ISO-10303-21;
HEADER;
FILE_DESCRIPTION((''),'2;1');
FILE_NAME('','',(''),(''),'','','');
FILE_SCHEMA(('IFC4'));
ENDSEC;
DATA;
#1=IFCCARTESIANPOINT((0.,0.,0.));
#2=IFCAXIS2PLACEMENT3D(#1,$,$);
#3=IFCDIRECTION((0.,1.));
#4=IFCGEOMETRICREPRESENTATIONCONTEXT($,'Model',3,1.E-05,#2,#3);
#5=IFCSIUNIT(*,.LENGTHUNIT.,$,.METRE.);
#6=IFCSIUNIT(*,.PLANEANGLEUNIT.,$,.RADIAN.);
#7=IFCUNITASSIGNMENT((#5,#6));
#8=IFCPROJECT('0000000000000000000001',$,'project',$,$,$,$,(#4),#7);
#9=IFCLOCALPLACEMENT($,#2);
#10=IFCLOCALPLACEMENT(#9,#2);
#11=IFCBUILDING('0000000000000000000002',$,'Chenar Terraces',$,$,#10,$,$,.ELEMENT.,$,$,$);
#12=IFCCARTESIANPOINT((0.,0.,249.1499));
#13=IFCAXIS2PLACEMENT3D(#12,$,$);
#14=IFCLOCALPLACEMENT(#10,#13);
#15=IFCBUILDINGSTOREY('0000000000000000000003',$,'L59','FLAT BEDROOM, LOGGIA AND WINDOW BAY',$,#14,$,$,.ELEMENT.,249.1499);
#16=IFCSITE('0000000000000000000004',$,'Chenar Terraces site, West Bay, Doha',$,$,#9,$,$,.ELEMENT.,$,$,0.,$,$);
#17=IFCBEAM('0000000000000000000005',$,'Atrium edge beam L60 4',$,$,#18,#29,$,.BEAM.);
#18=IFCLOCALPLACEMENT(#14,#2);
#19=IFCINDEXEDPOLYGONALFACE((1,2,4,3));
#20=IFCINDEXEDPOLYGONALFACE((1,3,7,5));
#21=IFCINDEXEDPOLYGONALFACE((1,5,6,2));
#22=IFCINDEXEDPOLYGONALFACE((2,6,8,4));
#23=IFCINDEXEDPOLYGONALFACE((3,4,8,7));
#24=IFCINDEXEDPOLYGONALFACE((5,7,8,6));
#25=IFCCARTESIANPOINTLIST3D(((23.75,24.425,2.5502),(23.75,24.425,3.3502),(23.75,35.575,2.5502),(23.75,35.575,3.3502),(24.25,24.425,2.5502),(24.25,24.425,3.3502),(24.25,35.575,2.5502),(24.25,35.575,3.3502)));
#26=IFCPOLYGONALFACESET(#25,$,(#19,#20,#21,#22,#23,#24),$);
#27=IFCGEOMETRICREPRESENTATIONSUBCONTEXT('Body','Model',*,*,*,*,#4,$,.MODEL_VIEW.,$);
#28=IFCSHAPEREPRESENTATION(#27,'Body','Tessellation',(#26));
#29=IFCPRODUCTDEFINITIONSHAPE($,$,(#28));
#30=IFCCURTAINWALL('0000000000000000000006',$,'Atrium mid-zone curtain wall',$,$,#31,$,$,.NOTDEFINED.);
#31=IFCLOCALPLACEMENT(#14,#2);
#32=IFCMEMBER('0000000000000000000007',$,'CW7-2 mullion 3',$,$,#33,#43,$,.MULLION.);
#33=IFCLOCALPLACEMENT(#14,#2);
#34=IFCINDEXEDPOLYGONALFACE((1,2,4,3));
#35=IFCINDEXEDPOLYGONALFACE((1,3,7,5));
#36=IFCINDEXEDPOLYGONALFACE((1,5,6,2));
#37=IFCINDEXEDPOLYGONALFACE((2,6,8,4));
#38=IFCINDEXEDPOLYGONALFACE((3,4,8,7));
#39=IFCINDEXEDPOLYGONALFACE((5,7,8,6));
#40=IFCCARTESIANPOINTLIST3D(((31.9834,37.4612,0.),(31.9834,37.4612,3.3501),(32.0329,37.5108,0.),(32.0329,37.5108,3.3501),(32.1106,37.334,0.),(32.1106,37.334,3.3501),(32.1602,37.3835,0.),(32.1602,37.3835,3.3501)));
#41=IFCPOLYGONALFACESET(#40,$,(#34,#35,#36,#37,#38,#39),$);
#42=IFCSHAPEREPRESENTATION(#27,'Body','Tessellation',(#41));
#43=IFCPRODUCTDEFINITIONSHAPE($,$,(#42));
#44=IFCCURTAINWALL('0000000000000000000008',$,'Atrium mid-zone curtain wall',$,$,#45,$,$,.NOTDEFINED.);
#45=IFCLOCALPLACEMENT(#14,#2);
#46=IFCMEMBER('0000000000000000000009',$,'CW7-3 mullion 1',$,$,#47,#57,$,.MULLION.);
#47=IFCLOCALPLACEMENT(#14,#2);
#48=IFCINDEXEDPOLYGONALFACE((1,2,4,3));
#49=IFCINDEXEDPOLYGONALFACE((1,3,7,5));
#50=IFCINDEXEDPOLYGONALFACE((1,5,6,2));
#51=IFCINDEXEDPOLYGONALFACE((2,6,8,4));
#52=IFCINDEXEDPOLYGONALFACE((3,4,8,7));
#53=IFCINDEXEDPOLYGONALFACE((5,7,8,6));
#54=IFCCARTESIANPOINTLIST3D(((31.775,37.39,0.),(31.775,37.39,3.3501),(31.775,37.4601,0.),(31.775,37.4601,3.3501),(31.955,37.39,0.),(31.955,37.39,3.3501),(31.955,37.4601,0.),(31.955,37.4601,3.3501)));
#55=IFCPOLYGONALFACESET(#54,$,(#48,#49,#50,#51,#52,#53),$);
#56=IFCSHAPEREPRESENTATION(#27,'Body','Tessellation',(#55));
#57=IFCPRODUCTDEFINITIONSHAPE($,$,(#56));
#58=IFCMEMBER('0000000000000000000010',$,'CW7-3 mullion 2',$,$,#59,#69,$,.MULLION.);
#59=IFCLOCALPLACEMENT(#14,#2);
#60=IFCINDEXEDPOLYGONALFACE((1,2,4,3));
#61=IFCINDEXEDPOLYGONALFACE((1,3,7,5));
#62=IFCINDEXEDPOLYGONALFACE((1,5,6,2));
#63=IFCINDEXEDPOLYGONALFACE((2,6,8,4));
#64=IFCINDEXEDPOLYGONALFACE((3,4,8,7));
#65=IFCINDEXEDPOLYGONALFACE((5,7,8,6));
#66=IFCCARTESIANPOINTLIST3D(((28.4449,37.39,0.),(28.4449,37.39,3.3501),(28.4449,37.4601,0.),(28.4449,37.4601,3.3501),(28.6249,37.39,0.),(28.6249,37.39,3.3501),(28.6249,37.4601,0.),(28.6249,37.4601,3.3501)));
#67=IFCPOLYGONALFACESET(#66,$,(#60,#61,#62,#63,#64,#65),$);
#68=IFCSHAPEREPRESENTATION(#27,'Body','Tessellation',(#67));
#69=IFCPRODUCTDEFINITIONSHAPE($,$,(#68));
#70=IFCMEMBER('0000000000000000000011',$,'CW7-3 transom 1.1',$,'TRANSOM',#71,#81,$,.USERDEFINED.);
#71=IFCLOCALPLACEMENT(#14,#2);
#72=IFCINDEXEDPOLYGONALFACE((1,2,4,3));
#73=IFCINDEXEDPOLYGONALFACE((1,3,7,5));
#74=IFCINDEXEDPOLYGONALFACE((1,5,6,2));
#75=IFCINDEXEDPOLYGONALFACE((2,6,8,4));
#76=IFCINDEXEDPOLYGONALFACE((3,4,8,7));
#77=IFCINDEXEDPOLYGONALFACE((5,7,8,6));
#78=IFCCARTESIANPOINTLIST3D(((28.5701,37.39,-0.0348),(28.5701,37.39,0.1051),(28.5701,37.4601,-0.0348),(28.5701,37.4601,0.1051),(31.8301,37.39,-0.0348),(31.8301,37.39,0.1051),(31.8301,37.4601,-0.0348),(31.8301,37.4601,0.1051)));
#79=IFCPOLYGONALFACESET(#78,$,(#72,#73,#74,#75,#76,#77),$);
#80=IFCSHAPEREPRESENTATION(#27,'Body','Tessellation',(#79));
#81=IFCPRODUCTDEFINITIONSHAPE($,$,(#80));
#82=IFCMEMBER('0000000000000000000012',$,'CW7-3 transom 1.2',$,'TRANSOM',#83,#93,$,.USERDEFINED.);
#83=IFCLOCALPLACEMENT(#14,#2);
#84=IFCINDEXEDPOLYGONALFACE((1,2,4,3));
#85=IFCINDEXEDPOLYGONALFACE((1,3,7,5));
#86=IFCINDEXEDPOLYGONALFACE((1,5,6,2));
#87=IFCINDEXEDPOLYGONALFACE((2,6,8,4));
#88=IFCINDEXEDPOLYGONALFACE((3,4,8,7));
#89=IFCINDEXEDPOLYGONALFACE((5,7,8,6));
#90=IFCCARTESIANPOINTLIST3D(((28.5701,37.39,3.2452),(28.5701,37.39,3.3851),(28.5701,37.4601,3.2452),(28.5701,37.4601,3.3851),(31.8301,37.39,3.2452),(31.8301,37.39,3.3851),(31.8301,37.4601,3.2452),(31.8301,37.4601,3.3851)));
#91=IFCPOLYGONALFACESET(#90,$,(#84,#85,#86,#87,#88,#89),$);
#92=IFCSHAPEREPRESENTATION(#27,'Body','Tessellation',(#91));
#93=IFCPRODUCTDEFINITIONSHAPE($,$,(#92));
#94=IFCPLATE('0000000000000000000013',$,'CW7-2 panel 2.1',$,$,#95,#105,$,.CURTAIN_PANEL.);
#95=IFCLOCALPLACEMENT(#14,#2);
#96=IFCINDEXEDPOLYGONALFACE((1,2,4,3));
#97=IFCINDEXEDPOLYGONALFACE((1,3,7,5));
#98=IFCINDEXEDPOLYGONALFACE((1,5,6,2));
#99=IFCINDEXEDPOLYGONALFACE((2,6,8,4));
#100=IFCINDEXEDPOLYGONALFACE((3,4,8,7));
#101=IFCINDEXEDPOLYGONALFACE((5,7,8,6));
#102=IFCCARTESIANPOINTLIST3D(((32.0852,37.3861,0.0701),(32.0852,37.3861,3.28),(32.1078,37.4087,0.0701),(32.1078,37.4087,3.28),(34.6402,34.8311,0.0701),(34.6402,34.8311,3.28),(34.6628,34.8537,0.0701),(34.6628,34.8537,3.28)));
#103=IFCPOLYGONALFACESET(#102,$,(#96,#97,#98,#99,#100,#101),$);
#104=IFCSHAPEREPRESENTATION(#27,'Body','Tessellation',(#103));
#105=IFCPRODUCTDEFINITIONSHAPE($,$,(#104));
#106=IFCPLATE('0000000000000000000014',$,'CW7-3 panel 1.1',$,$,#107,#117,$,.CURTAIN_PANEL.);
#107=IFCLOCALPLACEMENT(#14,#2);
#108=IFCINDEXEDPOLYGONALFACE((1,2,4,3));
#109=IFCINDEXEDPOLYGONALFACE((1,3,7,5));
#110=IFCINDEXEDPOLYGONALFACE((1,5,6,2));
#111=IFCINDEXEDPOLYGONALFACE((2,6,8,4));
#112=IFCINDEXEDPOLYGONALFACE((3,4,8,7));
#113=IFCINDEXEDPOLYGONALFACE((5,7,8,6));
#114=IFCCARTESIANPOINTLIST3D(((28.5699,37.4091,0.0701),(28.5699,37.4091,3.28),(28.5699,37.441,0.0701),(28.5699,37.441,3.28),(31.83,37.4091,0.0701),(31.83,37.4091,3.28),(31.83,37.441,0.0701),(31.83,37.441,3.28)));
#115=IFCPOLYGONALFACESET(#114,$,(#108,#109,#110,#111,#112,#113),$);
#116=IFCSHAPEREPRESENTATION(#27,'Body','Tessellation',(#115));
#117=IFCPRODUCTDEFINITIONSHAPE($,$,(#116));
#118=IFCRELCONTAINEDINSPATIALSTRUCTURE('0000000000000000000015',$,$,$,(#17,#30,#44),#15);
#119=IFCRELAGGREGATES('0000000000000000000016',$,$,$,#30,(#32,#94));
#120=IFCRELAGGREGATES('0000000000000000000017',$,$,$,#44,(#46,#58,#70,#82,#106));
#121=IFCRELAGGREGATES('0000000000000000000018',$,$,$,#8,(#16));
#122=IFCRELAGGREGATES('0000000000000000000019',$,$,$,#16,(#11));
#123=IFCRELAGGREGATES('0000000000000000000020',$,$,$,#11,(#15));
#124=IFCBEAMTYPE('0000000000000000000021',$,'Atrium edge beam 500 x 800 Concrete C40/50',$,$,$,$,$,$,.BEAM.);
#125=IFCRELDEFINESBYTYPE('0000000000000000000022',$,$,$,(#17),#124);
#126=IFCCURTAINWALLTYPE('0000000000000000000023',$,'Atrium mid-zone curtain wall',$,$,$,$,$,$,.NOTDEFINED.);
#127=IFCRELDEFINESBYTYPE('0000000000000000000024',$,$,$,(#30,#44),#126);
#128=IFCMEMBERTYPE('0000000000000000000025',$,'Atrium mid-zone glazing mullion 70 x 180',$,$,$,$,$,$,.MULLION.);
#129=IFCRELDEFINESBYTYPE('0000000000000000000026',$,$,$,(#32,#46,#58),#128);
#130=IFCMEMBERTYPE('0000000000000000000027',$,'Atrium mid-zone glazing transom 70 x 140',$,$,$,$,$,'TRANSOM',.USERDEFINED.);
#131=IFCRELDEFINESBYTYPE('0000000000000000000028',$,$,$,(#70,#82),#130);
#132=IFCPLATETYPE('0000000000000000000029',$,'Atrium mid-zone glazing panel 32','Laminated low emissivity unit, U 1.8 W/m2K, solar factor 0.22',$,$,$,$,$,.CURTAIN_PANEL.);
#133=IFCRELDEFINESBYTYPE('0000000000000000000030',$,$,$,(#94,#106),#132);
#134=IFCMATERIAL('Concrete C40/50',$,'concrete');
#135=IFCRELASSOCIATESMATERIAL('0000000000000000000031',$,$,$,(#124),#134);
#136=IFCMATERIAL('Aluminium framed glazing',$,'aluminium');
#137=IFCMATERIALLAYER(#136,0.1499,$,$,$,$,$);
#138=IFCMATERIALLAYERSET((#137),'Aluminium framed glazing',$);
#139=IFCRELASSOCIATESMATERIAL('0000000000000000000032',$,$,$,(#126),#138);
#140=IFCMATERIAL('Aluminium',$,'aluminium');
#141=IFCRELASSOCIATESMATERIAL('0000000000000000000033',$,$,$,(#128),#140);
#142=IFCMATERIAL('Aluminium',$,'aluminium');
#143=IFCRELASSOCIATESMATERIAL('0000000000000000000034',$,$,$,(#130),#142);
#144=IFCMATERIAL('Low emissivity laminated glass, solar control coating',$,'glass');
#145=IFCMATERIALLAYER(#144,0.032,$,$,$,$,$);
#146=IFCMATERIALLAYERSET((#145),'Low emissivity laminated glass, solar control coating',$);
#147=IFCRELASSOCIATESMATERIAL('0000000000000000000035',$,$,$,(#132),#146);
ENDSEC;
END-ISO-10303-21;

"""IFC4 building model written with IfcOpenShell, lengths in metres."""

from ifc_helpers import new_model, si_unit, direction, frame, origin, origin_2d, place, context, subcontext, project, spatial, rectangle, extrude, material, layer, layer_set, material_profile, profile_set, type_object, element, aggregate, save


model = new_model("IFC4")

# Units and contexts
model_context = context("Model", 3, precision=1e-05, world=origin(), true_north=direction((0.0, 1.0)))
body_context = subcontext(model_context, "Body", "Model", "MODEL_VIEW")
ifc_project = project(units=[si_unit("LENGTHUNIT", "METRE"), si_unit("PLANEANGLEUNIT", "RADIAN")], contexts=[model_context])

# Site, building, storey
site_placement = place(None, origin())
site = spatial("IfcSite", under=ifc_project, at=site_placement, Name="Chenar Terraces site, West Bay, Doha", CompositionType="ELEMENT", RefElevation=0.0)
building_placement = place(site_placement, origin())
building = spatial("IfcBuilding", under=site, at=building_placement, Name="Chenar Terraces", CompositionType="ELEMENT")
storey_placement = place(building_placement, frame((0.0, 0.0, 249.1499)))
storey = spatial("IfcBuildingStorey", under=building, at=storey_placement, Name="L59", Description="FLAT BEDROOM, LOGGIA AND WINDOW BAY", CompositionType="ELEMENT", Elevation=249.1499)

# Beam
ifc_material_1 = material(Name="Concrete C40/50", Category="concrete")
ifc_material_profile_1 = material_profile(ifc_material_1, rectangle(XDim=0.5, YDim=0.8, at=origin_2d()), Name="RC 500 x 800")
ifc_profile_set_1 = profile_set([ifc_material_profile_1], Name="Concrete C40/50")
beam_type = type_object("IfcBeamType", Name="Atrium edge beam 500 x 800 Concrete C40/50", PredefinedType="BEAM", material=ifc_profile_set_1)
beam_placement = place(storey_placement, frame((24.0, 35.575, 2.9502), z_axis=(0.0, -1.0, 0.0), x_axis=(1.0, 0.0, 0.0)))
element("IfcBeam", 1, at=beam_placement, inside=storey, type_object=beam_type, Name="Atrium edge beam L60 4", PredefinedType="BEAM", context=body_context, shape_type="SweptSolid", body=[
    extrude(rectangle(XDim=0.5, YDim=0.8, at=origin_2d()), origin(), (0.0, 0.0, 1.0), 11.1499),
])

# Curtain wall, member
ifc_material_2 = material(Name="Aluminium framed glazing", Category="aluminium")
ifc_layer_1 = layer(ifc_material_2, 0.1499)
ifc_layer_set_1 = layer_set([ifc_layer_1], Name="Aluminium framed glazing")
curtain_wall_type = type_object("IfcCurtainWallType", Name="Atrium mid-zone curtain wall", PredefinedType="NOTDEFINED", material=ifc_layer_set_1)
placement = place(storey_placement, origin())
curtain_wall_1 = element("IfcCurtainWall", 2, at=placement, inside=storey, type_object=curtain_wall_type, Name="Atrium mid-zone curtain wall", PredefinedType="NOTDEFINED")
ifc_material_3 = material(Name="Aluminium", Category="aluminium")
ifc_material_profile_2 = material_profile(ifc_material_3, rectangle(XDim=0.0701, YDim=0.1799, at=origin_2d()), Name="Atrium mid-zone glazing mullion 70 x 180")
ifc_profile_set_2 = profile_set([ifc_material_profile_2], Name="Aluminium")
member_type_1 = type_object("IfcMemberType", Name="Atrium mid-zone glazing mullion 70 x 180", PredefinedType="MULLION", material=ifc_profile_set_2)
member_1_placement = place(storey_placement, frame((32.0718, 37.4224, 0.0), z_axis=(0.0, 0.0, 1.0), x_axis=(-0.707107, -0.707107, 0.0)))
member_1 = element("IfcMember", 3, at=member_1_placement, type_object=member_type_1, Name="CW7-2 mullion 3", PredefinedType="MULLION", context=body_context, shape_type="SweptSolid", body=[
    extrude(rectangle(XDim=0.0701, YDim=0.1799, at=origin_2d()), origin(), (0.0, 0.0, 1.0), 3.3501),
])

# Curtain wall, members
curtain_wall_2 = element("IfcCurtainWall", 4, at=placement, inside=storey, type_object=curtain_wall_type, Name="Atrium mid-zone curtain wall", PredefinedType="NOTDEFINED")
member_2_placement = place(storey_placement, frame((31.865, 37.425, 0.0), z_axis=(0.0, 0.0, 1.0), x_axis=(0.0, -1.0, 0.0)))
member_2 = element("IfcMember", 5, at=member_2_placement, type_object=member_type_1, Name="CW7-3 mullion 1", PredefinedType="MULLION", context=body_context, shape_type="SweptSolid", body=[
    extrude(rectangle(XDim=0.0701, YDim=0.1799, at=origin_2d()), origin(), (0.0, 0.0, 1.0), 3.3501),
])
member_3_placement = place(storey_placement, frame((28.5349, 37.425, 0.0), z_axis=(0.0, 0.0, 1.0), x_axis=(0.0, -1.0, 0.0)))
member_3 = element("IfcMember", 6, at=member_3_placement, type_object=member_type_1, Name="CW7-3 mullion 2", PredefinedType="MULLION", context=body_context, shape_type="SweptSolid", body=[
    extrude(rectangle(XDim=0.0701, YDim=0.1799, at=origin_2d()), origin(), (0.0, 0.0, 1.0), 3.3501),
])
ifc_material_4 = material(Name="Aluminium", Category="aluminium")
ifc_material_profile_3 = material_profile(ifc_material_4, rectangle(XDim=0.0701, YDim=0.1399, at=origin_2d()), Name="Atrium mid-zone glazing transom 70 x 140")
ifc_profile_set_3 = profile_set([ifc_material_profile_3], Name="Aluminium")
member_type_2 = type_object("IfcMemberType", Name="Atrium mid-zone glazing transom 70 x 140", ElementType="TRANSOM", PredefinedType="USERDEFINED", material=ifc_profile_set_3)
member_4_placement = place(storey_placement, frame((31.8301, 37.425, 0.0352), z_axis=(-1.0, 0.0, 0.0), x_axis=(0.0, -1.0, 0.0)))
member_4 = element("IfcMember", 7, at=member_4_placement, type_object=member_type_2, Name="CW7-3 transom 1.1", ObjectType="TRANSOM", PredefinedType="USERDEFINED", context=body_context, shape_type="SweptSolid", body=[
    extrude(rectangle(XDim=0.0701, YDim=0.1399, at=origin_2d()), origin(), (0.0, 0.0, 1.0), 3.26),
])
member_5_placement = place(storey_placement, frame((31.8301, 37.425, 3.3152), z_axis=(-1.0, 0.0, 0.0), x_axis=(0.0, -1.0, 0.0)))
member_5 = element("IfcMember", 8, at=member_5_placement, type_object=member_type_2, Name="CW7-3 transom 1.2", ObjectType="TRANSOM", PredefinedType="USERDEFINED", context=body_context, shape_type="SweptSolid", body=[
    extrude(rectangle(XDim=0.0701, YDim=0.1399, at=origin_2d()), origin(), (0.0, 0.0, 1.0), 3.26),
])

# Plates
ifc_material_5 = material(Name="Low emissivity laminated glass, solar control coating", Category="glass")
ifc_layer_2 = layer(ifc_material_5, 0.032)
ifc_layer_set_2 = layer_set([ifc_layer_2], Name="Low emissivity laminated glass, solar control coating")
plate_type = type_object("IfcPlateType", Name="Atrium mid-zone glazing panel 32", Description="Laminated low emissivity unit, U 1.8 W/m2K, solar factor 0.22", PredefinedType="CURTAIN_PANEL", material=ifc_layer_set_2)
plate_1_placement = place(storey_placement, frame((33.374, 36.1199, 0.0701), z_axis=(0.0, 0.0, 1.0), x_axis=(-0.707107, 0.707107, 0.0)))
plate_1 = element("IfcPlate", 9, at=plate_1_placement, type_object=plate_type, Name="CW7-2 panel 2.1", PredefinedType="CURTAIN_PANEL", context=body_context, shape_type="SweptSolid", body=[
    extrude(rectangle(XDim=3.6133, YDim=0.032, at=origin_2d()), origin(), (0.0, 0.0, 1.0), 3.21),
])
aggregate(curtain_wall_1, [member_1, plate_1])
plate_2_placement = place(storey_placement, frame((30.2, 37.425, 0.0701), z_axis=(0.0, 0.0, 1.0), x_axis=(-1.0, 0.0, 0.0)))
plate_2 = element("IfcPlate", 10, at=plate_2_placement, type_object=plate_type, Name="CW7-3 panel 1.1", PredefinedType="CURTAIN_PANEL", context=body_context, shape_type="SweptSolid", body=[
    extrude(rectangle(XDim=3.26, YDim=0.032, at=origin_2d()), origin(), (0.0, 0.0, 1.0), 3.21),
])
aggregate(curtain_wall_2, [member_2, member_3, member_4, member_5, plate_2])

save(model, "model.ifc")
